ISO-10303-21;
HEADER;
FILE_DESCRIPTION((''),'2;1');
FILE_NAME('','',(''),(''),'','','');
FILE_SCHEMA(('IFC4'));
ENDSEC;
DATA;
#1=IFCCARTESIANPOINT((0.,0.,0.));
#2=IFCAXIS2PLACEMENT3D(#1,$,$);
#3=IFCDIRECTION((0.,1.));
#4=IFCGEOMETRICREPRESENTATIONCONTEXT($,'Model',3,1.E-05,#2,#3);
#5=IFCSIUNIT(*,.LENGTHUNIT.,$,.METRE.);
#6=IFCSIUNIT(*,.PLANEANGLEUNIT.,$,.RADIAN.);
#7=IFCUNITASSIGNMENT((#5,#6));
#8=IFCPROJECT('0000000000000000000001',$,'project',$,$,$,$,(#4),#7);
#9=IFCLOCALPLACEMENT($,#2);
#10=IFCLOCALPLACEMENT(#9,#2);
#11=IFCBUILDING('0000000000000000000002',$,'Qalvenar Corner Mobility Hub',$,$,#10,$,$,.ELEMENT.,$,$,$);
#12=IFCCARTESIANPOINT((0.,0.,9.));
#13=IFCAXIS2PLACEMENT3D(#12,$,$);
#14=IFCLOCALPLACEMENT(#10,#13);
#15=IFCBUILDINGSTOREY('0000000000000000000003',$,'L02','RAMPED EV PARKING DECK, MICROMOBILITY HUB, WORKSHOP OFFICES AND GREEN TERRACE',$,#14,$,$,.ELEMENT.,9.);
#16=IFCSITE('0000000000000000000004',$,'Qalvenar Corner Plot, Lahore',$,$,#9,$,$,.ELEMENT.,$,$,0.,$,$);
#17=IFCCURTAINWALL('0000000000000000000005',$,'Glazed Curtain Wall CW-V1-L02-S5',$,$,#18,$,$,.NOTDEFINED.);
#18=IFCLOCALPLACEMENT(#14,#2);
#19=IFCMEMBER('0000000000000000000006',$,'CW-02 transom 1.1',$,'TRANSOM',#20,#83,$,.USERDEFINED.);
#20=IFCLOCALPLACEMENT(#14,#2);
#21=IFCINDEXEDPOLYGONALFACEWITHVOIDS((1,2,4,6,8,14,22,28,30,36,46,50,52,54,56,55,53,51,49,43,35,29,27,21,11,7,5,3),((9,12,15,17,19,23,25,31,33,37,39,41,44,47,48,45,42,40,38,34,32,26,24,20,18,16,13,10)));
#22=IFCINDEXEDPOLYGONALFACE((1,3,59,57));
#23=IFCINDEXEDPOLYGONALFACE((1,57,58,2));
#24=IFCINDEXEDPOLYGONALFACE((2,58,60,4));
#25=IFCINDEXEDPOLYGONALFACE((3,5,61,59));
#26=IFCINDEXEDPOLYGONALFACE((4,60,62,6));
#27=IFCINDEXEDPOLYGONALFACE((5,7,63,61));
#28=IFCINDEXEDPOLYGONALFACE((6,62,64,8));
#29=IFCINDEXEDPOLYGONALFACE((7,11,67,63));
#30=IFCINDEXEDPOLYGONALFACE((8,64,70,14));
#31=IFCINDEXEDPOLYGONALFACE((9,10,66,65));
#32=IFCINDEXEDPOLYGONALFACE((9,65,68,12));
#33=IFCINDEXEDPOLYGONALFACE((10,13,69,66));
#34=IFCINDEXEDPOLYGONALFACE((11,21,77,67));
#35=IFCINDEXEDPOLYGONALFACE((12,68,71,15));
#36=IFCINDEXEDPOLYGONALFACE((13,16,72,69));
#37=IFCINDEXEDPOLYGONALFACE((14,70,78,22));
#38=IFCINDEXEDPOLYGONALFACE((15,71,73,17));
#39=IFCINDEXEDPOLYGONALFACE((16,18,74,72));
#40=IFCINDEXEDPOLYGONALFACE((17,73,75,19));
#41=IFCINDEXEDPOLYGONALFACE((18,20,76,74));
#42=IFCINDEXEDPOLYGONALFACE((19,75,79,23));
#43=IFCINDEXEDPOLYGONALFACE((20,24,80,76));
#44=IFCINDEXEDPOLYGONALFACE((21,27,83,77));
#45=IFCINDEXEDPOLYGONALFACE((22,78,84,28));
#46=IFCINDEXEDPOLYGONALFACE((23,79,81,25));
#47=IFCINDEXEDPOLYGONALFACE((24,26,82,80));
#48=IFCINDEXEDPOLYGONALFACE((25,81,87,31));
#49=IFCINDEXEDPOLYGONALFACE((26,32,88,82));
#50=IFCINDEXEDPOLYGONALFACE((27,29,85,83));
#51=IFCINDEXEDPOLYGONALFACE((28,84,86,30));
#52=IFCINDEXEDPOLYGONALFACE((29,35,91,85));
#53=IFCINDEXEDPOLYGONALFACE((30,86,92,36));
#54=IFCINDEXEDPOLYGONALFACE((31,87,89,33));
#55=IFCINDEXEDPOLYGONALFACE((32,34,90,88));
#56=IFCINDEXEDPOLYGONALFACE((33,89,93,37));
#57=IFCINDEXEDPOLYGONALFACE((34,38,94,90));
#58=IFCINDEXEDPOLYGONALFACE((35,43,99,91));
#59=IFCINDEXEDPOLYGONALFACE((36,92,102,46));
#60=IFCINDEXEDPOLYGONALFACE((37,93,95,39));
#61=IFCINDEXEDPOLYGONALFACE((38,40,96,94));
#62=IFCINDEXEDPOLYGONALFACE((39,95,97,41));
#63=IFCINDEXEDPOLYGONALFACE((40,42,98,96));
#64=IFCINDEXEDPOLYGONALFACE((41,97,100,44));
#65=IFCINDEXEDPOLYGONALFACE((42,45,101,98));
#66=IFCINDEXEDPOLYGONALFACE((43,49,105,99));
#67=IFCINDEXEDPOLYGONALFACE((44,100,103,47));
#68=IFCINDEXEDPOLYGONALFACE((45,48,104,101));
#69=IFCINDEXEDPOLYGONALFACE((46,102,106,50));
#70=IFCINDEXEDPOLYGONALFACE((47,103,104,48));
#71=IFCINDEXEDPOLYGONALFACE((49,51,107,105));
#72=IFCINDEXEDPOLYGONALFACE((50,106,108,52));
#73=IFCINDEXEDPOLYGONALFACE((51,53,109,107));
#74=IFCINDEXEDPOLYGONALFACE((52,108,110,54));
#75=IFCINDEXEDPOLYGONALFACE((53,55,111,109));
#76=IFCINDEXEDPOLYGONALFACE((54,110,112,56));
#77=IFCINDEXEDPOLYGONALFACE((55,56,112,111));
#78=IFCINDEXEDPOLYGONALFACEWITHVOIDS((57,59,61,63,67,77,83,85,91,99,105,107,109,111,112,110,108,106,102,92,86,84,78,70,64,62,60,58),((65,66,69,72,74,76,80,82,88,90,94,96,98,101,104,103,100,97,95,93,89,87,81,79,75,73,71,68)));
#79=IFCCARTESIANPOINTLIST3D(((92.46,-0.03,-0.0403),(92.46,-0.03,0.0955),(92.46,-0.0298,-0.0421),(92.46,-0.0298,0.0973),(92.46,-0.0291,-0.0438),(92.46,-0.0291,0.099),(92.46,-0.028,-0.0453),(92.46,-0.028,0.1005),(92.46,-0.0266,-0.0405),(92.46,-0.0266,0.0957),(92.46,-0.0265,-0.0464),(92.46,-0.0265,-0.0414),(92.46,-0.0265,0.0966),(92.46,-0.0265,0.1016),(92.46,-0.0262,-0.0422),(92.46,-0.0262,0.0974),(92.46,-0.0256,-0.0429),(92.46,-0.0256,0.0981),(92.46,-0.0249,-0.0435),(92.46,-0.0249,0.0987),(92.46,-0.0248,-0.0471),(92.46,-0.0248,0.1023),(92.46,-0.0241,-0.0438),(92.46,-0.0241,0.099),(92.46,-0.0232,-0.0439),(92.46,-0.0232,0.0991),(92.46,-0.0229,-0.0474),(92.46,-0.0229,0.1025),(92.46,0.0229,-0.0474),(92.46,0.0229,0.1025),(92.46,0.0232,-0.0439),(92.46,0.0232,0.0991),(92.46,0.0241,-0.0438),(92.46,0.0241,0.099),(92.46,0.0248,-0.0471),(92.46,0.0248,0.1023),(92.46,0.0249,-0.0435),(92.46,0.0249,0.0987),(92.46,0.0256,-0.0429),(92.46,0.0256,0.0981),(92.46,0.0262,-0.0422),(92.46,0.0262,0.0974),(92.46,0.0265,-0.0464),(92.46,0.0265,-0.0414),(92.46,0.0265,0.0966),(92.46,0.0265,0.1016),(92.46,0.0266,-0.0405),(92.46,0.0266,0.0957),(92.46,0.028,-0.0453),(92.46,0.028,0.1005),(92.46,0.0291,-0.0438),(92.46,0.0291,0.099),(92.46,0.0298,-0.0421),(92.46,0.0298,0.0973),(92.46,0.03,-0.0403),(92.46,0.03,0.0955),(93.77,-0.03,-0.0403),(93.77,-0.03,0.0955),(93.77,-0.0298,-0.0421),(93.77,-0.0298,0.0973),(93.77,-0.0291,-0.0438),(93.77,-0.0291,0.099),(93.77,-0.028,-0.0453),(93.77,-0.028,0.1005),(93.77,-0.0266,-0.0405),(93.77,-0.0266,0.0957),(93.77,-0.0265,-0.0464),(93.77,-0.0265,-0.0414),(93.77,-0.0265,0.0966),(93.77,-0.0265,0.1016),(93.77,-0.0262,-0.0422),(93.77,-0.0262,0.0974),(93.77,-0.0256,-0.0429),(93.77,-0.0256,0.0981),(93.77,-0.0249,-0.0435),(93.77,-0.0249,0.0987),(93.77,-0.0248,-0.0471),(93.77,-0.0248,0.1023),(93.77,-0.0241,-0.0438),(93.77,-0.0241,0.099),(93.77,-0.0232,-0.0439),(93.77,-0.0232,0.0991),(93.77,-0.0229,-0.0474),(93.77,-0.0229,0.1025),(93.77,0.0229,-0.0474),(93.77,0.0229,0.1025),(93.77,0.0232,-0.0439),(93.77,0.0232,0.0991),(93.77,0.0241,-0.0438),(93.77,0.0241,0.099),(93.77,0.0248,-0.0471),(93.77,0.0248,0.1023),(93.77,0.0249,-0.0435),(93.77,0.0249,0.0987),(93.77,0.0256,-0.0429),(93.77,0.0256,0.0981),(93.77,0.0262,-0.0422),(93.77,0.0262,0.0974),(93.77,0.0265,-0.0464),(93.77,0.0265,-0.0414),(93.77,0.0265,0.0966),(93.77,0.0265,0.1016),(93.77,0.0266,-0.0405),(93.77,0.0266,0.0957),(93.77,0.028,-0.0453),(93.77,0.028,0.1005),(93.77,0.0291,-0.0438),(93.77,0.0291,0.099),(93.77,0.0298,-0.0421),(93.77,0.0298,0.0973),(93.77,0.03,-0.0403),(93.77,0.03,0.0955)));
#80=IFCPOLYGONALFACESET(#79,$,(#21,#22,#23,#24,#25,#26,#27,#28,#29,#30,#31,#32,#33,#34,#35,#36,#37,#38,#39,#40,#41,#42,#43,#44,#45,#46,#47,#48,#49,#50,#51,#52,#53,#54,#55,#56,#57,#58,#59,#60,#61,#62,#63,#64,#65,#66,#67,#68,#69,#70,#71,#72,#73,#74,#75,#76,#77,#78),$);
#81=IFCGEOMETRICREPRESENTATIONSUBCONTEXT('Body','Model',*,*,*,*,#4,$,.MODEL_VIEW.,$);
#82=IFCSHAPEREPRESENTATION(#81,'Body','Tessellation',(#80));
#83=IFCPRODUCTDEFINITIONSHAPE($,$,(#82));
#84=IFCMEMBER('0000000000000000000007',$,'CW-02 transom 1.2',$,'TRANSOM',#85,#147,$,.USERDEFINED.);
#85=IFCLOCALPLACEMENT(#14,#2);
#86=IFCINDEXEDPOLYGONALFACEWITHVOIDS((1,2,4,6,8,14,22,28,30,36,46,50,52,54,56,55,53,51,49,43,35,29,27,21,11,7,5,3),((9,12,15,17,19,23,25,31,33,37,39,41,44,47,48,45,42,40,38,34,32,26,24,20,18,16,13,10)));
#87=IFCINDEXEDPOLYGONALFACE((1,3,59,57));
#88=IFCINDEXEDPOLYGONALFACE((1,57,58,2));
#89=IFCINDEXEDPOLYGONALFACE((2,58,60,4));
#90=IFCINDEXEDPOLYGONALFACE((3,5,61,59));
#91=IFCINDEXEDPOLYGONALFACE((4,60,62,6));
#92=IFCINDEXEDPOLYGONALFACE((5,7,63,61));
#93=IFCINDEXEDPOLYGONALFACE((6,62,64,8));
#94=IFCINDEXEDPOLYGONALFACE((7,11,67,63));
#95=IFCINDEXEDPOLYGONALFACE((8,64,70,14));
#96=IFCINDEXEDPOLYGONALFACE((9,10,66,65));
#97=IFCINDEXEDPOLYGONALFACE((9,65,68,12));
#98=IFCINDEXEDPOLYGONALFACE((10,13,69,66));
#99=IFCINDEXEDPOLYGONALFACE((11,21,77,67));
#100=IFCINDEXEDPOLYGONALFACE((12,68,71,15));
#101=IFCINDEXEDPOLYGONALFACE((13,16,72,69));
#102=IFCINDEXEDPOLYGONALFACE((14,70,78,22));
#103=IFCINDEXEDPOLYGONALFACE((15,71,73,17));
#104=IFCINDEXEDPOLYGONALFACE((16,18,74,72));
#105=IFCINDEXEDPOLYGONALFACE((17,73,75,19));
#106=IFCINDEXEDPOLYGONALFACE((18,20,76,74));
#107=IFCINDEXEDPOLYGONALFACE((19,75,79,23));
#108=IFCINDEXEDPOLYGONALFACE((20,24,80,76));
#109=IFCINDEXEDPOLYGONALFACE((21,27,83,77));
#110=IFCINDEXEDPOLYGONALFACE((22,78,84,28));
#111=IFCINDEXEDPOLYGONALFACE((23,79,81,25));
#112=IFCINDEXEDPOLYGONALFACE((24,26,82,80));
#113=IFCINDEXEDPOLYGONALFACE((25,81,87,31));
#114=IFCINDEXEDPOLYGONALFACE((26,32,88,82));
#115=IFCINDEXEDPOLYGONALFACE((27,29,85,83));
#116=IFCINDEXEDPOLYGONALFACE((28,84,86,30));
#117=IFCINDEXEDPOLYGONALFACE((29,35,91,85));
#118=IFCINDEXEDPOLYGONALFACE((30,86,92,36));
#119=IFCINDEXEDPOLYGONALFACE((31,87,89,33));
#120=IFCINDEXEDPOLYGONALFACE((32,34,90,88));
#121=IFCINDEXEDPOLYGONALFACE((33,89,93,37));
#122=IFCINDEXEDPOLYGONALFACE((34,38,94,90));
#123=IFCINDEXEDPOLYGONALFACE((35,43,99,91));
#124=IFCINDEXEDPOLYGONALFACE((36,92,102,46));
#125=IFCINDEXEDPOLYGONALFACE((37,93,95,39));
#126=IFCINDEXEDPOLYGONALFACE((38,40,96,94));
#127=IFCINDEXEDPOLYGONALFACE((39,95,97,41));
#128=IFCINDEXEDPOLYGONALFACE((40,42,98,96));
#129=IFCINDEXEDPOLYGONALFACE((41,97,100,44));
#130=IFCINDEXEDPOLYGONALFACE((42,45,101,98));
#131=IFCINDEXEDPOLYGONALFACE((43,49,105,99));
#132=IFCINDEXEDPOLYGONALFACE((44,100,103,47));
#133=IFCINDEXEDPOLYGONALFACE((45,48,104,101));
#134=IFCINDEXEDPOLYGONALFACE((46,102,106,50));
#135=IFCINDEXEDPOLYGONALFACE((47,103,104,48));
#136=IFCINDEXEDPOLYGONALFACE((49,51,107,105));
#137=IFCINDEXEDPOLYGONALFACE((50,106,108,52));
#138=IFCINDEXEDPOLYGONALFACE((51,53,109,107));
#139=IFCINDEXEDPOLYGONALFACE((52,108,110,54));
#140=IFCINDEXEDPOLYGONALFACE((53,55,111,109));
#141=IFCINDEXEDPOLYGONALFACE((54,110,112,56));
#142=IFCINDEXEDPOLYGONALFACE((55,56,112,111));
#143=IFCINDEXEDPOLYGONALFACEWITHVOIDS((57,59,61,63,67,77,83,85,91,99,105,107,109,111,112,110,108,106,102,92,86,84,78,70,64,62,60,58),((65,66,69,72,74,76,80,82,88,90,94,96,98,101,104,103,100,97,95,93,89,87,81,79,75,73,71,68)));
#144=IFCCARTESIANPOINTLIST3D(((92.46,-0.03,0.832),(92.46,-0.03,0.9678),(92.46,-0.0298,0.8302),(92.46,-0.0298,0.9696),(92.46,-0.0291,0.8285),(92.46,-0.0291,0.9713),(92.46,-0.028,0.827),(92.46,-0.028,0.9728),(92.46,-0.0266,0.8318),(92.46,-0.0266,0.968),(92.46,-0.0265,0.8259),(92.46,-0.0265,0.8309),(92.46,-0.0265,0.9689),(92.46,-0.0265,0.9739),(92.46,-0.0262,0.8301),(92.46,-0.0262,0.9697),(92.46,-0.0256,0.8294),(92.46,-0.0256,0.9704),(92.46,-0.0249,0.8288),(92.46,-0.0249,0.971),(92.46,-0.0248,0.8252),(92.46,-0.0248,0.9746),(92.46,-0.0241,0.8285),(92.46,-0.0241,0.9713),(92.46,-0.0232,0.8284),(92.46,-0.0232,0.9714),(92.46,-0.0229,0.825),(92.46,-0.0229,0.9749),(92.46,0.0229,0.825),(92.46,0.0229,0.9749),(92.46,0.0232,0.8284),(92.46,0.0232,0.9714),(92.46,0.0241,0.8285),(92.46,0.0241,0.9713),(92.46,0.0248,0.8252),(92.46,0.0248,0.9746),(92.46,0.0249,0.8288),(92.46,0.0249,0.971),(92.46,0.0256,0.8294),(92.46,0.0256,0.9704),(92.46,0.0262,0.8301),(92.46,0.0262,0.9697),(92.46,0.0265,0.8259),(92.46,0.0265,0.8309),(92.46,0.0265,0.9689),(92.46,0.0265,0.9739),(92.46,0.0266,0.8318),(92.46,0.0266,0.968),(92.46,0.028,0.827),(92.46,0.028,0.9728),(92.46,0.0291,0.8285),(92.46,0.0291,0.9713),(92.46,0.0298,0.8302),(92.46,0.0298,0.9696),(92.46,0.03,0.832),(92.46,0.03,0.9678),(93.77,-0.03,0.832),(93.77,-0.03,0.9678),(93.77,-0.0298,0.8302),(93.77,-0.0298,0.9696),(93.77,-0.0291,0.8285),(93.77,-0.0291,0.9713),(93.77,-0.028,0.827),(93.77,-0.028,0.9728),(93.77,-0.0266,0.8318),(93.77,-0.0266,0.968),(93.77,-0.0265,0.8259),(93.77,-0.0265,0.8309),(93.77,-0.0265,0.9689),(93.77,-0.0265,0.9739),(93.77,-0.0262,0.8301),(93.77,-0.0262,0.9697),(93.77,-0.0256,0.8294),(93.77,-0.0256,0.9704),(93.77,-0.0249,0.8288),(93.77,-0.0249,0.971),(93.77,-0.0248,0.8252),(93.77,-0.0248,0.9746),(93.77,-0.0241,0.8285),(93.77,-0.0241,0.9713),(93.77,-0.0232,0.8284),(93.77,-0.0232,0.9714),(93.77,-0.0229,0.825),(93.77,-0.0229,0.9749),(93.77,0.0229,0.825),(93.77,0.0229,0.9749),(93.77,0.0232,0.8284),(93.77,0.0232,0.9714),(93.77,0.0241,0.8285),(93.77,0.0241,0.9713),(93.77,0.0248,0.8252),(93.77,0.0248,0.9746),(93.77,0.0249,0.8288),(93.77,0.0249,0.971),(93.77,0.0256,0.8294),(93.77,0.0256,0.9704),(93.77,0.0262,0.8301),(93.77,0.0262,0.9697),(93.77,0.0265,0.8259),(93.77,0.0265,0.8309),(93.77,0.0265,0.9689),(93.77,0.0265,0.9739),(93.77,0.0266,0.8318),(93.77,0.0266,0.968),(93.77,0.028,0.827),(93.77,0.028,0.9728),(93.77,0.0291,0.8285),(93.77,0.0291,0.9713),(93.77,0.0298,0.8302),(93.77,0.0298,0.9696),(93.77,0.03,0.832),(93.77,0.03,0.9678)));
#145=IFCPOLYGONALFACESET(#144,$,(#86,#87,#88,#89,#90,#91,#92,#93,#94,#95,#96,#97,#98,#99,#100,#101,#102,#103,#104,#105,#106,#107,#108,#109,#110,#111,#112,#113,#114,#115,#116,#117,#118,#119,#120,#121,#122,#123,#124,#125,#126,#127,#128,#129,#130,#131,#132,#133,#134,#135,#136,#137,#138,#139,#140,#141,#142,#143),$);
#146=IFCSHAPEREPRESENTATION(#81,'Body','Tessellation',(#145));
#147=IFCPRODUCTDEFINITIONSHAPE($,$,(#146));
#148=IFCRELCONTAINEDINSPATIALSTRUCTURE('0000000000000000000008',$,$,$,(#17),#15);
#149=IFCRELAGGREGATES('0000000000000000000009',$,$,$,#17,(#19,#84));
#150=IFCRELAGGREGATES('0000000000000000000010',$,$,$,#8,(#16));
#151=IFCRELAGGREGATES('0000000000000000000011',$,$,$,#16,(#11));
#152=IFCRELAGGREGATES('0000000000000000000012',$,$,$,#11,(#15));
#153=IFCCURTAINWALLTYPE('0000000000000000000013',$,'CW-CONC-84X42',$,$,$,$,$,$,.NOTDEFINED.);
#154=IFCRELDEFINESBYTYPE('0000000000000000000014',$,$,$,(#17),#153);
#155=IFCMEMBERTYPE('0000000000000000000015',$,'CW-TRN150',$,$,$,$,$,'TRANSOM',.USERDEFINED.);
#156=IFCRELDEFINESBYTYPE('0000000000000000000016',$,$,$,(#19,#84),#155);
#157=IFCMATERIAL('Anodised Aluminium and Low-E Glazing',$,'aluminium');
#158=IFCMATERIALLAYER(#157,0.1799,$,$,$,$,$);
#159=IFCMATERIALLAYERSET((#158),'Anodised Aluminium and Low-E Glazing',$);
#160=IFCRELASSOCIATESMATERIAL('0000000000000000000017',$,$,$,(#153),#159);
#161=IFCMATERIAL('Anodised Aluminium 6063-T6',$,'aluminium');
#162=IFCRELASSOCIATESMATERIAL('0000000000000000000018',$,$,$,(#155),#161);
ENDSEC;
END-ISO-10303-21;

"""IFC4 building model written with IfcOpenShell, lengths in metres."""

from ifc_helpers import new_model, si_unit, direction, frame, origin, origin_2d, place, context, subcontext, project, spatial, hollow_rectangle, extrude, material, layer, layer_set, material_profile, profile_set, type_object, element, aggregate, save


model = new_model("IFC4")

# Units and contexts
model_context = context("Model", 3, precision=1e-05, world=origin(), true_north=direction((0.0, 1.0)))
body_context = subcontext(model_context, "Body", "Model", "MODEL_VIEW")
ifc_project = project(units=[si_unit("LENGTHUNIT", "METRE"), si_unit("PLANEANGLEUNIT", "RADIAN")], contexts=[model_context])

# Site, building, storey
site_placement = place(None, origin())
site = spatial("IfcSite", under=ifc_project, at=site_placement, Name="Qalvenar Corner Plot, Lahore", CompositionType="ELEMENT", RefElevation=0.0)
building_placement = place(site_placement, origin())
building = spatial("IfcBuilding", under=site, at=building_placement, Name="Qalvenar Corner Mobility Hub", CompositionType="ELEMENT")
storey_placement = place(building_placement, frame((0.0, 0.0, 9.0)))
storey = spatial("IfcBuildingStorey", under=building, at=storey_placement, Name="L02", Description="RAMPED EV PARKING DECK, MICROMOBILITY HUB, WORKSHOP OFFICES AND GREEN TERRACE", CompositionType="ELEMENT", Elevation=9.0)

# Shared definitions
ifc_material_1 = material(Name="Anodised Aluminium and Low-E Glazing", Category="aluminium")
ifc_layer_1 = layer(ifc_material_1, 0.1799)
ifc_layer_set_1 = layer_set([ifc_layer_1], Name="Anodised Aluminium and Low-E Glazing")
curtain_wall_type = type_object("IfcCurtainWallType", Name="CW-CONC-84X42", PredefinedType="NOTDEFINED", material=ifc_layer_set_1)
ifc_material_2 = material(Name="Anodised Aluminium 6063-T6", Category="aluminium")

# Curtain wall, members
curtain_wall_1_placement = place(storey_placement, origin())
curtain_wall_1 = element("IfcCurtainWall", 1, at=curtain_wall_1_placement, inside=storey, type_object=curtain_wall_type, Name="Glazed Curtain Wall CW-V1-L02-S5", PredefinedType="NOTDEFINED")
ifc_material_profile_1 = material_profile(ifc_material_2, hollow_rectangle(XDim=0.0601, YDim=0.1499, WallThickness=0.0034, InnerFilletRadius=0.0034, OuterFilletRadius=0.0071, at=origin_2d()), Name="RHS150x60x3.5")
ifc_profile_set_1 = profile_set([ifc_material_profile_1], Name="Anodised Aluminium 6063-T6")
member_type_1 = type_object("IfcMemberType", Name="CW-TRN150", ElementType="TRANSOM", PredefinedType="USERDEFINED", material=ifc_profile_set_1)
member_1_placement = place(storey_placement, frame((92.46, 0.0, 0.0276), z_axis=(1.0, 0.0, 0.0), x_axis=(0.0, 1.0, 0.0)))
member_1 = element("IfcMember", 2, at=member_1_placement, type_object=member_type_1, Name="CW-02 transom 1.1", ObjectType="TRANSOM", PredefinedType="USERDEFINED", context=body_context, shape_type="SweptSolid", body=[
    extrude(hollow_rectangle(XDim=0.0601, YDim=0.1499, WallThickness=0.0034, InnerFilletRadius=0.0034, OuterFilletRadius=0.0071, at=origin_2d()), origin(), (0.0, 0.0, 1.0), 1.3101),
])
member_2_placement = place(storey_placement, frame((92.46, 0.0, 0.8999), z_axis=(1.0, 0.0, 0.0), x_axis=(0.0, 1.0, 0.0)))
member_2 = element("IfcMember", 3, at=member_2_placement, type_object=member_type_1, Name="CW-02 transom 1.2", ObjectType="TRANSOM", PredefinedType="USERDEFINED", context=body_context, shape_type="SweptSolid", body=[
    extrude(hollow_rectangle(XDim=0.0601, YDim=0.1499, WallThickness=0.0034, InnerFilletRadius=0.0034, OuterFilletRadius=0.0071, at=origin_2d()), origin(), (0.0, 0.0, 1.0), 1.3101),
])

aggregate(curtain_wall_1, [member_1, member_2])

save(model, "model.ifc")
